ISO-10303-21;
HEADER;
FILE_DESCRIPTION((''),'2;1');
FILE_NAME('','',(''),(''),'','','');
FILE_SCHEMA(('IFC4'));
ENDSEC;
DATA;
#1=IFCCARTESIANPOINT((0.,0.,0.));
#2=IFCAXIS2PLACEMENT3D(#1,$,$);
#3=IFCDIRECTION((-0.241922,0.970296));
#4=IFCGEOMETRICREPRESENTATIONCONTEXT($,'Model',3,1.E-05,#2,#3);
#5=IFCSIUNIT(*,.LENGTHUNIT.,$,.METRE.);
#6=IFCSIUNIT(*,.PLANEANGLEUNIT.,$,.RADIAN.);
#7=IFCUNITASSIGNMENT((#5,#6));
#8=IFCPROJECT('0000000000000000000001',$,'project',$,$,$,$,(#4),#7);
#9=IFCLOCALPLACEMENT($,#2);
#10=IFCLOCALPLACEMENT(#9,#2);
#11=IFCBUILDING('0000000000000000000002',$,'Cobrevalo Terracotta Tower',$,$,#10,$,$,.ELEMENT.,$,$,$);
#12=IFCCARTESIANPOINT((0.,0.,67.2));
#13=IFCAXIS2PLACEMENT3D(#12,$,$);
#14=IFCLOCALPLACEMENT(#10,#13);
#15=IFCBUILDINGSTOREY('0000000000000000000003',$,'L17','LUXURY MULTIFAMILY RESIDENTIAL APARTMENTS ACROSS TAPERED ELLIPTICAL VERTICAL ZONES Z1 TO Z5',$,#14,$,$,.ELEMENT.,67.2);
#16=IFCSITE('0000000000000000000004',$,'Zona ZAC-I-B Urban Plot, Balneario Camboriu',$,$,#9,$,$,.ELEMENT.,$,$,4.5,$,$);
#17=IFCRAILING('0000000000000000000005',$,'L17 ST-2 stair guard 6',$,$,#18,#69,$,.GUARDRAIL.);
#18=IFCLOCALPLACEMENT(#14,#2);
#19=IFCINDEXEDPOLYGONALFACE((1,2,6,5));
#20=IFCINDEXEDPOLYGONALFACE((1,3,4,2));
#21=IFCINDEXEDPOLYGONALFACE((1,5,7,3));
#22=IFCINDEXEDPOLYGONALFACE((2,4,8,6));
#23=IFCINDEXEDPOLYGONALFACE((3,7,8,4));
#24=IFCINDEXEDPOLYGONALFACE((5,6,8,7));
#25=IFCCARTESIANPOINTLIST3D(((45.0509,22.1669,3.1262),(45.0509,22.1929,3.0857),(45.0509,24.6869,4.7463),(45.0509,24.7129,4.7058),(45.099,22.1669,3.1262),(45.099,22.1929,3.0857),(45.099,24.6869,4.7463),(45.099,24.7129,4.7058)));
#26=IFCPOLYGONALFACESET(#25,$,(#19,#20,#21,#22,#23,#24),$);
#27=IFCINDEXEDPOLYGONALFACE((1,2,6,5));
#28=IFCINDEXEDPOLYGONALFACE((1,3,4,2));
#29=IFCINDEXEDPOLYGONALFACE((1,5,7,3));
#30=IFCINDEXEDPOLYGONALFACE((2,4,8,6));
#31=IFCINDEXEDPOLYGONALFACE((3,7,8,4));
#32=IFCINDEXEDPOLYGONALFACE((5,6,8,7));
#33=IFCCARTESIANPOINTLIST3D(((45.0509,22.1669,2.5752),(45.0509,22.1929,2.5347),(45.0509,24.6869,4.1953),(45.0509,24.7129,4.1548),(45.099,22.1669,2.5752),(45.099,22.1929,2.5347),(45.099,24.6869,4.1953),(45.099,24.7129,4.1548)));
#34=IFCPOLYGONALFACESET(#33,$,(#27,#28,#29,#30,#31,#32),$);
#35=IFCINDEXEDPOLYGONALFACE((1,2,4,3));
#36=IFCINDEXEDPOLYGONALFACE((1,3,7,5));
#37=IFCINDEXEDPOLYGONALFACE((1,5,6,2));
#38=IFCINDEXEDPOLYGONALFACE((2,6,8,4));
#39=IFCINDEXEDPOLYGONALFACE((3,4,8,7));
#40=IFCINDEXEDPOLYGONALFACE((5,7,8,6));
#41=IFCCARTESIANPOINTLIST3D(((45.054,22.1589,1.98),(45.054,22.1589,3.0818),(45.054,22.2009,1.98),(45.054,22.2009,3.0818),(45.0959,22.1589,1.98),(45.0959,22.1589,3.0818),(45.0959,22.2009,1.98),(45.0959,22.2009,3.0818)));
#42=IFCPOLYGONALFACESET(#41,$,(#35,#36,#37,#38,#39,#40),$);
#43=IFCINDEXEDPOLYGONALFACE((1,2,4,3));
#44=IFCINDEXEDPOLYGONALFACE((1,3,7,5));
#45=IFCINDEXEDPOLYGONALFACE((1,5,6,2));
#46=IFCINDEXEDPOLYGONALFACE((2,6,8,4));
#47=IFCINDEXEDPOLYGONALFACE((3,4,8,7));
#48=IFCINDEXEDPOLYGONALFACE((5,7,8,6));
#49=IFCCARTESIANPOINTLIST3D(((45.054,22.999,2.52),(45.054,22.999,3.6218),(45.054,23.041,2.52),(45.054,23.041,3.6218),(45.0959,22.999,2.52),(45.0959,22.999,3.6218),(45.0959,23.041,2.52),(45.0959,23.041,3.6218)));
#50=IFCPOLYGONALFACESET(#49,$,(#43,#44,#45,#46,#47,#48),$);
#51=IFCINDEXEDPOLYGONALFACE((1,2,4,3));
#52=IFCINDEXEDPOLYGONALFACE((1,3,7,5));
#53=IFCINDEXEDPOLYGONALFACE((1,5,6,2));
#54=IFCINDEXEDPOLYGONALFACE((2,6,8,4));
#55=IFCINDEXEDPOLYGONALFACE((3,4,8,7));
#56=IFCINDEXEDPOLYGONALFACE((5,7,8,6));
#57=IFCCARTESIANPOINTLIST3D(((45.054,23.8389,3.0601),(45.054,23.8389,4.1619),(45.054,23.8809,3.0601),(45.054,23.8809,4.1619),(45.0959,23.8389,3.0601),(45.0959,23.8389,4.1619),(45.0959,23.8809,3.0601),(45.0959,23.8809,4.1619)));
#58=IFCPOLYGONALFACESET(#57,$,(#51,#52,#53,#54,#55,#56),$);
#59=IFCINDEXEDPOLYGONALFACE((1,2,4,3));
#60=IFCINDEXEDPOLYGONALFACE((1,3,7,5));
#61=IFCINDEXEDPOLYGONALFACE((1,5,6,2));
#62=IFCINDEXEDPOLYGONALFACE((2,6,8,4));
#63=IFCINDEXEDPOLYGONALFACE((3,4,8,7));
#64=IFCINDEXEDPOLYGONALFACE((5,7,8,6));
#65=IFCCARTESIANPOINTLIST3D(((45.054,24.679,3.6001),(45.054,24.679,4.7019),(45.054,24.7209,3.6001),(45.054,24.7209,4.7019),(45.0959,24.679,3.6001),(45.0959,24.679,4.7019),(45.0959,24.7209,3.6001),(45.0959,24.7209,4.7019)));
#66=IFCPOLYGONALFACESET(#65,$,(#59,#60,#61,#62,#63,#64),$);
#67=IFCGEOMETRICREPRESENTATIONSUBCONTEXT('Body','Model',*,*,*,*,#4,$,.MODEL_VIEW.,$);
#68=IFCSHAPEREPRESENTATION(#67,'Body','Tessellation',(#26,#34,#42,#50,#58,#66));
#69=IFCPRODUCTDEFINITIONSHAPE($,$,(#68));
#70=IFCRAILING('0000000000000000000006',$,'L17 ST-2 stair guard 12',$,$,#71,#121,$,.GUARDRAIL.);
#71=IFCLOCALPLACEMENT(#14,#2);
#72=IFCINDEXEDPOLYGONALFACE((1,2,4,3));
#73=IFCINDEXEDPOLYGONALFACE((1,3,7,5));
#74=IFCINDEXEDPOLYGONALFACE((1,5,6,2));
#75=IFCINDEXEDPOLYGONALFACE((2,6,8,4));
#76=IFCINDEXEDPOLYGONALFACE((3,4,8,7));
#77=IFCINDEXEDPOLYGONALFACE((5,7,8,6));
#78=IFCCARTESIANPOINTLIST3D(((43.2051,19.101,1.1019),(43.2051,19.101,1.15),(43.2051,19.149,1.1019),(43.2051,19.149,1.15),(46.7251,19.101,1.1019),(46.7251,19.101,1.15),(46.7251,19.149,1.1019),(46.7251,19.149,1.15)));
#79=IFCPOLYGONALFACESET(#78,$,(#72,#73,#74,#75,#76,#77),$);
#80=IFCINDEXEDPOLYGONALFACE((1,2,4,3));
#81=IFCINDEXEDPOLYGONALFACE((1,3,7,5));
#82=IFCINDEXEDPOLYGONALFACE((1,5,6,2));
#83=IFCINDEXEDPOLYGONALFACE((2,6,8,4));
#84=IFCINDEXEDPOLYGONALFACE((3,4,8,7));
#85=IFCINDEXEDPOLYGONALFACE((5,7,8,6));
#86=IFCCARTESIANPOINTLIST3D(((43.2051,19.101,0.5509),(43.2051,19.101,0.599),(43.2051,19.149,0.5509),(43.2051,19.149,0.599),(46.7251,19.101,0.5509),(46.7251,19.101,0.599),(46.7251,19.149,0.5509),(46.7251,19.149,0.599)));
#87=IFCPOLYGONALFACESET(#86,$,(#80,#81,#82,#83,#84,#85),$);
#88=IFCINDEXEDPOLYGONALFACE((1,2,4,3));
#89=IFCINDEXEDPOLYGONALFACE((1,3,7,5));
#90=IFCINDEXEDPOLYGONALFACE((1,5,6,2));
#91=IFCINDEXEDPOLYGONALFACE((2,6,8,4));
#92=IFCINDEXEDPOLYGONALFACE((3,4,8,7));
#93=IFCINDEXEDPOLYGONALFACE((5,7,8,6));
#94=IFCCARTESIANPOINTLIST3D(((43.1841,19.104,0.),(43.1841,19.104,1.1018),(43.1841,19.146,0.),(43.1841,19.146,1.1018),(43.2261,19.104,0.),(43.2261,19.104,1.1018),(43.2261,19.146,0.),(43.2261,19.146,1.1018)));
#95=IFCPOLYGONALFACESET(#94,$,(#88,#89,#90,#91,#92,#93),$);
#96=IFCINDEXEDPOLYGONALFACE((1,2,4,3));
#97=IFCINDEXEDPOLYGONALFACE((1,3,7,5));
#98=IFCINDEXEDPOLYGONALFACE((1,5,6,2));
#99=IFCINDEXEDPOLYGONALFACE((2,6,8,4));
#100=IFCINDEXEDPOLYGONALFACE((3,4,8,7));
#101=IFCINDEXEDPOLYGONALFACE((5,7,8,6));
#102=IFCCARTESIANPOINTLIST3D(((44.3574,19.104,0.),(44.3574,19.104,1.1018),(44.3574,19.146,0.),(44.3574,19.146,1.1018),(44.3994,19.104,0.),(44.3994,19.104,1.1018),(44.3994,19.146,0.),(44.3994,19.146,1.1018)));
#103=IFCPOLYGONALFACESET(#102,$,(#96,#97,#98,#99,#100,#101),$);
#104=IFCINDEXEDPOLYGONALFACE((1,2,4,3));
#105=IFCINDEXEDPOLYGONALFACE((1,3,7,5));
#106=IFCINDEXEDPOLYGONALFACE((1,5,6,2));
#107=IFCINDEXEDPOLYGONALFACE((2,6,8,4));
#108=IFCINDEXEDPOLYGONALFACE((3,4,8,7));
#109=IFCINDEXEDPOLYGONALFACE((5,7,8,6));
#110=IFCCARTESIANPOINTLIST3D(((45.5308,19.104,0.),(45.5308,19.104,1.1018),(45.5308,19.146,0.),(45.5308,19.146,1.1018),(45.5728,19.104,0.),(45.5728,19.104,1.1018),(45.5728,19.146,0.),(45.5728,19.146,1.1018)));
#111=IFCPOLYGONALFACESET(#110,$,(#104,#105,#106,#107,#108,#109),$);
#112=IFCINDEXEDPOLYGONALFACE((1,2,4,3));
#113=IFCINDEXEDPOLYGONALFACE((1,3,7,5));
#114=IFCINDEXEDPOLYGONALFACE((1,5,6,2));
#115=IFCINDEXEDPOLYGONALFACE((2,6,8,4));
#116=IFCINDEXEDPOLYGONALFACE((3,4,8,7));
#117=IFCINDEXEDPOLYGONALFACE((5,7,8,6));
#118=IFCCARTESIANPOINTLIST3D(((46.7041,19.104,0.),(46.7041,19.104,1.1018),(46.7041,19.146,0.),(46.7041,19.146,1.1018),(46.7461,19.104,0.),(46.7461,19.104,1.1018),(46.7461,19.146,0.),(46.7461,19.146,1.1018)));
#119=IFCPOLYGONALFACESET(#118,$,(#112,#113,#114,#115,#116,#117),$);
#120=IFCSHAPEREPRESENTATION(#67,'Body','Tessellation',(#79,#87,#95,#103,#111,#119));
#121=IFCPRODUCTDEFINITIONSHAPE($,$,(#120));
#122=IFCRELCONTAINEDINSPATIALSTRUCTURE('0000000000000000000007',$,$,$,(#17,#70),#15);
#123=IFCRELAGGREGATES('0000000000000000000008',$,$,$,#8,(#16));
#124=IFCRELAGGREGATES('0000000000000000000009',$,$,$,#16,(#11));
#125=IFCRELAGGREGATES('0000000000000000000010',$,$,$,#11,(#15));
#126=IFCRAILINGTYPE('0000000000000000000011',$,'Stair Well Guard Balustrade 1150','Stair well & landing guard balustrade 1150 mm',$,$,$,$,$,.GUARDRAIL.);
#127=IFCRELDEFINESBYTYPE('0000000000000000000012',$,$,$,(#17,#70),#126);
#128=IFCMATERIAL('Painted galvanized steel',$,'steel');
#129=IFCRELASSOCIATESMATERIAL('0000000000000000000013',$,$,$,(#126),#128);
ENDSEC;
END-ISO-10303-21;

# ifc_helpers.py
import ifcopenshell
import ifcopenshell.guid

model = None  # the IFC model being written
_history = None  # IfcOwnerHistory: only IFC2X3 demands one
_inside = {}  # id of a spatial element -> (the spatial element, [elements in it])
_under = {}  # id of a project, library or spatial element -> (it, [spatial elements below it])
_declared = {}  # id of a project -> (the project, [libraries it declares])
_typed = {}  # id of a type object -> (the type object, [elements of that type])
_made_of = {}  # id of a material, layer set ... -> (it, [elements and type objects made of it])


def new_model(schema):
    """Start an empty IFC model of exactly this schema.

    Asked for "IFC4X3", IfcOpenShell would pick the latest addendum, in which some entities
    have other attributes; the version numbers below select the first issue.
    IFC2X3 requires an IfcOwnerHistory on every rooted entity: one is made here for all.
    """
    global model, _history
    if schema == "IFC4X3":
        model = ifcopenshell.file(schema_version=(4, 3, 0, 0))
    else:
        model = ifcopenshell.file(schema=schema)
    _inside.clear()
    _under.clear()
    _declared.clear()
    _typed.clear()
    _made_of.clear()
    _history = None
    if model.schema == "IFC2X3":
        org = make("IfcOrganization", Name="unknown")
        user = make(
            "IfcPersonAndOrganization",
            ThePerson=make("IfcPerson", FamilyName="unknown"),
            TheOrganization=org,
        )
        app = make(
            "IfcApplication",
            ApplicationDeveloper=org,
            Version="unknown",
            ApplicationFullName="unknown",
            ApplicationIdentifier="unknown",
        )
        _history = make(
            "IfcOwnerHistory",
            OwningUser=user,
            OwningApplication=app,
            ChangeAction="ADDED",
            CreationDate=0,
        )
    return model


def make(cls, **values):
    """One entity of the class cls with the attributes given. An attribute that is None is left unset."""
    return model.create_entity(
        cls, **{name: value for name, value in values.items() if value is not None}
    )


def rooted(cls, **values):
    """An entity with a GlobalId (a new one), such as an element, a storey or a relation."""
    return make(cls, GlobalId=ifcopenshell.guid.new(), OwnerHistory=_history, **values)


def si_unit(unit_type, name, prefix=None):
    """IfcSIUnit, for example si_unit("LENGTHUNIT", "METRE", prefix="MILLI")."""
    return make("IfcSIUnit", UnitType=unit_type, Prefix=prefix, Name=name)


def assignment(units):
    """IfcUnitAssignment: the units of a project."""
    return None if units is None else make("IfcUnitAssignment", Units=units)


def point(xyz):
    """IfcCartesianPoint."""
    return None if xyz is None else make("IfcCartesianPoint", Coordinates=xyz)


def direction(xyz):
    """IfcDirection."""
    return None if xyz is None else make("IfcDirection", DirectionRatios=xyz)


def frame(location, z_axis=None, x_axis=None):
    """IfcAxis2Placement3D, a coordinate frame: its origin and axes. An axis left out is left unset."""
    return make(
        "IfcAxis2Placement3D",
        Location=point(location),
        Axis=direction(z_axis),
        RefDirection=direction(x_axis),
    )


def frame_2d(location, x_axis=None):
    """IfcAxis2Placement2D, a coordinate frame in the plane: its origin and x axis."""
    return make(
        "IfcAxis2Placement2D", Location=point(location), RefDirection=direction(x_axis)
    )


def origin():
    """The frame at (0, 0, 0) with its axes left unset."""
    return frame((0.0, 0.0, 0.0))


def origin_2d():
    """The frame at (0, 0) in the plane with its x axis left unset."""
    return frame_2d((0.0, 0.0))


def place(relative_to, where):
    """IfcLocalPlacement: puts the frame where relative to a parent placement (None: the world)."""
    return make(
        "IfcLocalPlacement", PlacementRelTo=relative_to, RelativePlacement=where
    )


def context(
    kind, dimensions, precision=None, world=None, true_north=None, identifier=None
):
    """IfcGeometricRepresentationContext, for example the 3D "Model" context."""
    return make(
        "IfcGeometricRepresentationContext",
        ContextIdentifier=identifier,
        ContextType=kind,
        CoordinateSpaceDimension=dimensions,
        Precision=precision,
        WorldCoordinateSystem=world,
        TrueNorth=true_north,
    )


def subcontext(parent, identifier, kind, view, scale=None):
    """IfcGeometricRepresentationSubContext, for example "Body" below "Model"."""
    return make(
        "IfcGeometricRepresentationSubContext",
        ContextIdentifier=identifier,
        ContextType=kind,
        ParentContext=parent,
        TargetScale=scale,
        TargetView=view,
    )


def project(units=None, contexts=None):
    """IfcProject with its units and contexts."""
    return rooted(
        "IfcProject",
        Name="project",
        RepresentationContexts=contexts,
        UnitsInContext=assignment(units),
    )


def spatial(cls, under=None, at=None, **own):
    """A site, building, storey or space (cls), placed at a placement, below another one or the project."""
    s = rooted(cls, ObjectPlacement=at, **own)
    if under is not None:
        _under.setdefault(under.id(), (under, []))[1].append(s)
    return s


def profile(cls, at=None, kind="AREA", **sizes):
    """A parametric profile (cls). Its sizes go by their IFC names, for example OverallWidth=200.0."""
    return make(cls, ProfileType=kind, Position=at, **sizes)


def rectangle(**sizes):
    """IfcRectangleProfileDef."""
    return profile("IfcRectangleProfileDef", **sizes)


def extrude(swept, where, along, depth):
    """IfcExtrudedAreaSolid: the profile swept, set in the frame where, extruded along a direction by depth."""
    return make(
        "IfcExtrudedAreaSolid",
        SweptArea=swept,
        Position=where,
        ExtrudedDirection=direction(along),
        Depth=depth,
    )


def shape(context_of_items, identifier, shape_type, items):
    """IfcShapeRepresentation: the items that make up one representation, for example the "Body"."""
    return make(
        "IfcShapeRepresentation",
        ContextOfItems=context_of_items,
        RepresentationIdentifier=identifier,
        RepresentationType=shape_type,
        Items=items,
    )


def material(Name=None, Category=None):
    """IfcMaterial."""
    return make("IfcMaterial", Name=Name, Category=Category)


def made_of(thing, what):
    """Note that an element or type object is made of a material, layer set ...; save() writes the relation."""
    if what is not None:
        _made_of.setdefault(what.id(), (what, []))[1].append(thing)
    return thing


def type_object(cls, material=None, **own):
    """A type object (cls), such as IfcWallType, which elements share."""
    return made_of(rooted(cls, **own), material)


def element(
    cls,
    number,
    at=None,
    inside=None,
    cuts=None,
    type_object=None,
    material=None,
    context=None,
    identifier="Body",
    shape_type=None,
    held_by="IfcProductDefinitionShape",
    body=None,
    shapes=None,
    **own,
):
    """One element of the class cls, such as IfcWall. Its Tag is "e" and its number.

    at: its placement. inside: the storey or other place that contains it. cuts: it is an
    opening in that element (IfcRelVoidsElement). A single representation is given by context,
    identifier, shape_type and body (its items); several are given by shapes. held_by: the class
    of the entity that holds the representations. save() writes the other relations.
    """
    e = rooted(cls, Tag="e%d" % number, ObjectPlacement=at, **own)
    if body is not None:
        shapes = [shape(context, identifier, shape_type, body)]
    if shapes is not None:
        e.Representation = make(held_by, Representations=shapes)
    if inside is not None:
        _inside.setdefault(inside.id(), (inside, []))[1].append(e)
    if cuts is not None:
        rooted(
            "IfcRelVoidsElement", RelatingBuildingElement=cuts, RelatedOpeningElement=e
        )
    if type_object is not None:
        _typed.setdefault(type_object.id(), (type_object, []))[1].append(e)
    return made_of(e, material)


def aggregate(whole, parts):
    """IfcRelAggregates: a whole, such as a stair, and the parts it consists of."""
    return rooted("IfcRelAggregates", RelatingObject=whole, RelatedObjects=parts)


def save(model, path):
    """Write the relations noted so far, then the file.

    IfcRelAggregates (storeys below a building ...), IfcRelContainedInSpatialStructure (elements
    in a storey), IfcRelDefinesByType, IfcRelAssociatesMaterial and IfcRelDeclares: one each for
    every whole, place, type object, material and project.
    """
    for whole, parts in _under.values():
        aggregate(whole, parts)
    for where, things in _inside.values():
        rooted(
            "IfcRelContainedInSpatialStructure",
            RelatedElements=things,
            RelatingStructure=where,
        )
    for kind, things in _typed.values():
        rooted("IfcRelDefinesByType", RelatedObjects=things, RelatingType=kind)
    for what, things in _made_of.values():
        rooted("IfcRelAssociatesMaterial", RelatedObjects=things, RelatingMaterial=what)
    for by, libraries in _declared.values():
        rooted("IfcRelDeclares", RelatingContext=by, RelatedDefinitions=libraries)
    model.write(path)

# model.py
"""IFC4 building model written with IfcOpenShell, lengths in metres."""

from ifc_helpers import new_model, si_unit, direction, frame, origin, origin_2d, place, context, subcontext, project, spatial, rectangle, extrude, material, type_object, element, save


model = new_model("IFC4")

# Units and contexts
model_context = context("Model", 3, precision=1e-05, world=origin(), true_north=direction((-0.241922, 0.970296)))
body_context = subcontext(model_context, "Body", "Model", "MODEL_VIEW")
ifc_project = project(units=[si_unit("LENGTHUNIT", "METRE"), si_unit("PLANEANGLEUNIT", "RADIAN")], contexts=[model_context])

# Site, building, storey
site_placement = place(None, origin())
site = spatial("IfcSite", under=ifc_project, at=site_placement, Name="Zona ZAC-I-B Urban Plot, Balneario Camboriu", CompositionType="ELEMENT", RefElevation=4.5)
building_placement = place(site_placement, origin())
building = spatial("IfcBuilding", under=site, at=building_placement, Name="Cobrevalo Terracotta Tower", CompositionType="ELEMENT")
storey_placement = place(building_placement, frame((0.0, 0.0, 67.2)))
storey = spatial("IfcBuildingStorey", under=building, at=storey_placement, Name="L17", Description="LUXURY MULTIFAMILY RESIDENTIAL APARTMENTS ACROSS TAPERED ELLIPTICAL VERTICAL ZONES Z1 TO Z5", CompositionType="ELEMENT", Elevation=67.2)

# Railings
ifc_material_1 = material(Name="Painted galvanized steel", Category="steel")
railing_type_1 = type_object("IfcRailingType", Name="Stair Well Guard Balustrade 1150", Description="Stair well & landing guard balustrade 1150 mm", PredefinedType="GUARDRAIL", material=ifc_material_1)
railing_1_placement = place(storey_placement, frame((45.075, 22.1799, 1.98)))
element("IfcRailing", 1, at=railing_1_placement, inside=storey, type_object=railing_type_1, Name="L17 ST-2 stair guard 6", PredefinedType="GUARDRAIL", context=body_context, shape_type="SweptSolid", body=[
    extrude(rectangle(XDim=0.0481, YDim=0.0481, at=origin_2d()), frame((0.0, 0.0, 1.126), z_axis=(0.0, 0.841163, 0.540782), x_axis=(-1.0, 0.0, 0.0)), (0.0, 0.0, 1.0), 2.9958),
    extrude(rectangle(XDim=0.0481, YDim=0.0481, at=origin_2d()), frame((0.0, 0.0, 0.575), z_axis=(0.0, 0.841163, 0.540782), x_axis=(-1.0, 0.0, 0.0)), (0.0, 0.0, 1.0), 2.9958),
    extrude(rectangle(XDim=0.042, YDim=0.042, at=origin_2d()), origin(), (0.0, 0.0, 1.0), 1.1018),
    extrude(rectangle(XDim=0.042, YDim=0.042, at=origin_2d()), frame((0.0, 0.8401, 0.54)), (0.0, 0.0, 1.0), 1.1018),
    extrude(rectangle(XDim=0.042, YDim=0.042, at=origin_2d()), frame((0.0, 1.6799, 1.0801)), (0.0, 0.0, 1.0), 1.1018),
    extrude(rectangle(XDim=0.042, YDim=0.042, at=origin_2d()), frame((0.0, 2.52, 1.6201)), (0.0, 0.0, 1.0), 1.1018),
])
railing_2_placement = place(storey_placement, frame((43.2051, 19.125, 0.0)))
element("IfcRailing", 2, at=railing_2_placement, inside=storey, type_object=railing_type_1, Name="L17 ST-2 stair guard 12", PredefinedType="GUARDRAIL", context=body_context, shape_type="SweptSolid", body=[
    extrude(rectangle(XDim=0.0481, YDim=0.0481, at=origin_2d()), frame((0.0, 0.0, 1.126), z_axis=(1.0, 0.0, 0.0), x_axis=(0.0, 1.0, 0.0)), (0.0, 0.0, 1.0), 3.52),
    extrude(rectangle(XDim=0.0481, YDim=0.0481, at=origin_2d()), frame((0.0, 0.0, 0.575), z_axis=(1.0, 0.0, 0.0), x_axis=(0.0, 1.0, 0.0)), (0.0, 0.0, 1.0), 3.52),
    extrude(rectangle(XDim=0.042, YDim=0.042, at=origin_2d()), origin(), (0.0, 0.0, 1.0), 1.1018),
    extrude(rectangle(XDim=0.042, YDim=0.042, at=origin_2d()), frame((1.1733, 0.0, 0.0)), (0.0, 0.0, 1.0), 1.1018),
    extrude(rectangle(XDim=0.042, YDim=0.042, at=origin_2d()), frame((2.3467, 0.0, 0.0)), (0.0, 0.0, 1.0), 1.1018),
    extrude(rectangle(XDim=0.042, YDim=0.042, at=origin_2d()), frame((3.52, 0.0, 0.0)), (0.0, 0.0, 1.0), 1.1018),
])

save(model, "model.ifc")
